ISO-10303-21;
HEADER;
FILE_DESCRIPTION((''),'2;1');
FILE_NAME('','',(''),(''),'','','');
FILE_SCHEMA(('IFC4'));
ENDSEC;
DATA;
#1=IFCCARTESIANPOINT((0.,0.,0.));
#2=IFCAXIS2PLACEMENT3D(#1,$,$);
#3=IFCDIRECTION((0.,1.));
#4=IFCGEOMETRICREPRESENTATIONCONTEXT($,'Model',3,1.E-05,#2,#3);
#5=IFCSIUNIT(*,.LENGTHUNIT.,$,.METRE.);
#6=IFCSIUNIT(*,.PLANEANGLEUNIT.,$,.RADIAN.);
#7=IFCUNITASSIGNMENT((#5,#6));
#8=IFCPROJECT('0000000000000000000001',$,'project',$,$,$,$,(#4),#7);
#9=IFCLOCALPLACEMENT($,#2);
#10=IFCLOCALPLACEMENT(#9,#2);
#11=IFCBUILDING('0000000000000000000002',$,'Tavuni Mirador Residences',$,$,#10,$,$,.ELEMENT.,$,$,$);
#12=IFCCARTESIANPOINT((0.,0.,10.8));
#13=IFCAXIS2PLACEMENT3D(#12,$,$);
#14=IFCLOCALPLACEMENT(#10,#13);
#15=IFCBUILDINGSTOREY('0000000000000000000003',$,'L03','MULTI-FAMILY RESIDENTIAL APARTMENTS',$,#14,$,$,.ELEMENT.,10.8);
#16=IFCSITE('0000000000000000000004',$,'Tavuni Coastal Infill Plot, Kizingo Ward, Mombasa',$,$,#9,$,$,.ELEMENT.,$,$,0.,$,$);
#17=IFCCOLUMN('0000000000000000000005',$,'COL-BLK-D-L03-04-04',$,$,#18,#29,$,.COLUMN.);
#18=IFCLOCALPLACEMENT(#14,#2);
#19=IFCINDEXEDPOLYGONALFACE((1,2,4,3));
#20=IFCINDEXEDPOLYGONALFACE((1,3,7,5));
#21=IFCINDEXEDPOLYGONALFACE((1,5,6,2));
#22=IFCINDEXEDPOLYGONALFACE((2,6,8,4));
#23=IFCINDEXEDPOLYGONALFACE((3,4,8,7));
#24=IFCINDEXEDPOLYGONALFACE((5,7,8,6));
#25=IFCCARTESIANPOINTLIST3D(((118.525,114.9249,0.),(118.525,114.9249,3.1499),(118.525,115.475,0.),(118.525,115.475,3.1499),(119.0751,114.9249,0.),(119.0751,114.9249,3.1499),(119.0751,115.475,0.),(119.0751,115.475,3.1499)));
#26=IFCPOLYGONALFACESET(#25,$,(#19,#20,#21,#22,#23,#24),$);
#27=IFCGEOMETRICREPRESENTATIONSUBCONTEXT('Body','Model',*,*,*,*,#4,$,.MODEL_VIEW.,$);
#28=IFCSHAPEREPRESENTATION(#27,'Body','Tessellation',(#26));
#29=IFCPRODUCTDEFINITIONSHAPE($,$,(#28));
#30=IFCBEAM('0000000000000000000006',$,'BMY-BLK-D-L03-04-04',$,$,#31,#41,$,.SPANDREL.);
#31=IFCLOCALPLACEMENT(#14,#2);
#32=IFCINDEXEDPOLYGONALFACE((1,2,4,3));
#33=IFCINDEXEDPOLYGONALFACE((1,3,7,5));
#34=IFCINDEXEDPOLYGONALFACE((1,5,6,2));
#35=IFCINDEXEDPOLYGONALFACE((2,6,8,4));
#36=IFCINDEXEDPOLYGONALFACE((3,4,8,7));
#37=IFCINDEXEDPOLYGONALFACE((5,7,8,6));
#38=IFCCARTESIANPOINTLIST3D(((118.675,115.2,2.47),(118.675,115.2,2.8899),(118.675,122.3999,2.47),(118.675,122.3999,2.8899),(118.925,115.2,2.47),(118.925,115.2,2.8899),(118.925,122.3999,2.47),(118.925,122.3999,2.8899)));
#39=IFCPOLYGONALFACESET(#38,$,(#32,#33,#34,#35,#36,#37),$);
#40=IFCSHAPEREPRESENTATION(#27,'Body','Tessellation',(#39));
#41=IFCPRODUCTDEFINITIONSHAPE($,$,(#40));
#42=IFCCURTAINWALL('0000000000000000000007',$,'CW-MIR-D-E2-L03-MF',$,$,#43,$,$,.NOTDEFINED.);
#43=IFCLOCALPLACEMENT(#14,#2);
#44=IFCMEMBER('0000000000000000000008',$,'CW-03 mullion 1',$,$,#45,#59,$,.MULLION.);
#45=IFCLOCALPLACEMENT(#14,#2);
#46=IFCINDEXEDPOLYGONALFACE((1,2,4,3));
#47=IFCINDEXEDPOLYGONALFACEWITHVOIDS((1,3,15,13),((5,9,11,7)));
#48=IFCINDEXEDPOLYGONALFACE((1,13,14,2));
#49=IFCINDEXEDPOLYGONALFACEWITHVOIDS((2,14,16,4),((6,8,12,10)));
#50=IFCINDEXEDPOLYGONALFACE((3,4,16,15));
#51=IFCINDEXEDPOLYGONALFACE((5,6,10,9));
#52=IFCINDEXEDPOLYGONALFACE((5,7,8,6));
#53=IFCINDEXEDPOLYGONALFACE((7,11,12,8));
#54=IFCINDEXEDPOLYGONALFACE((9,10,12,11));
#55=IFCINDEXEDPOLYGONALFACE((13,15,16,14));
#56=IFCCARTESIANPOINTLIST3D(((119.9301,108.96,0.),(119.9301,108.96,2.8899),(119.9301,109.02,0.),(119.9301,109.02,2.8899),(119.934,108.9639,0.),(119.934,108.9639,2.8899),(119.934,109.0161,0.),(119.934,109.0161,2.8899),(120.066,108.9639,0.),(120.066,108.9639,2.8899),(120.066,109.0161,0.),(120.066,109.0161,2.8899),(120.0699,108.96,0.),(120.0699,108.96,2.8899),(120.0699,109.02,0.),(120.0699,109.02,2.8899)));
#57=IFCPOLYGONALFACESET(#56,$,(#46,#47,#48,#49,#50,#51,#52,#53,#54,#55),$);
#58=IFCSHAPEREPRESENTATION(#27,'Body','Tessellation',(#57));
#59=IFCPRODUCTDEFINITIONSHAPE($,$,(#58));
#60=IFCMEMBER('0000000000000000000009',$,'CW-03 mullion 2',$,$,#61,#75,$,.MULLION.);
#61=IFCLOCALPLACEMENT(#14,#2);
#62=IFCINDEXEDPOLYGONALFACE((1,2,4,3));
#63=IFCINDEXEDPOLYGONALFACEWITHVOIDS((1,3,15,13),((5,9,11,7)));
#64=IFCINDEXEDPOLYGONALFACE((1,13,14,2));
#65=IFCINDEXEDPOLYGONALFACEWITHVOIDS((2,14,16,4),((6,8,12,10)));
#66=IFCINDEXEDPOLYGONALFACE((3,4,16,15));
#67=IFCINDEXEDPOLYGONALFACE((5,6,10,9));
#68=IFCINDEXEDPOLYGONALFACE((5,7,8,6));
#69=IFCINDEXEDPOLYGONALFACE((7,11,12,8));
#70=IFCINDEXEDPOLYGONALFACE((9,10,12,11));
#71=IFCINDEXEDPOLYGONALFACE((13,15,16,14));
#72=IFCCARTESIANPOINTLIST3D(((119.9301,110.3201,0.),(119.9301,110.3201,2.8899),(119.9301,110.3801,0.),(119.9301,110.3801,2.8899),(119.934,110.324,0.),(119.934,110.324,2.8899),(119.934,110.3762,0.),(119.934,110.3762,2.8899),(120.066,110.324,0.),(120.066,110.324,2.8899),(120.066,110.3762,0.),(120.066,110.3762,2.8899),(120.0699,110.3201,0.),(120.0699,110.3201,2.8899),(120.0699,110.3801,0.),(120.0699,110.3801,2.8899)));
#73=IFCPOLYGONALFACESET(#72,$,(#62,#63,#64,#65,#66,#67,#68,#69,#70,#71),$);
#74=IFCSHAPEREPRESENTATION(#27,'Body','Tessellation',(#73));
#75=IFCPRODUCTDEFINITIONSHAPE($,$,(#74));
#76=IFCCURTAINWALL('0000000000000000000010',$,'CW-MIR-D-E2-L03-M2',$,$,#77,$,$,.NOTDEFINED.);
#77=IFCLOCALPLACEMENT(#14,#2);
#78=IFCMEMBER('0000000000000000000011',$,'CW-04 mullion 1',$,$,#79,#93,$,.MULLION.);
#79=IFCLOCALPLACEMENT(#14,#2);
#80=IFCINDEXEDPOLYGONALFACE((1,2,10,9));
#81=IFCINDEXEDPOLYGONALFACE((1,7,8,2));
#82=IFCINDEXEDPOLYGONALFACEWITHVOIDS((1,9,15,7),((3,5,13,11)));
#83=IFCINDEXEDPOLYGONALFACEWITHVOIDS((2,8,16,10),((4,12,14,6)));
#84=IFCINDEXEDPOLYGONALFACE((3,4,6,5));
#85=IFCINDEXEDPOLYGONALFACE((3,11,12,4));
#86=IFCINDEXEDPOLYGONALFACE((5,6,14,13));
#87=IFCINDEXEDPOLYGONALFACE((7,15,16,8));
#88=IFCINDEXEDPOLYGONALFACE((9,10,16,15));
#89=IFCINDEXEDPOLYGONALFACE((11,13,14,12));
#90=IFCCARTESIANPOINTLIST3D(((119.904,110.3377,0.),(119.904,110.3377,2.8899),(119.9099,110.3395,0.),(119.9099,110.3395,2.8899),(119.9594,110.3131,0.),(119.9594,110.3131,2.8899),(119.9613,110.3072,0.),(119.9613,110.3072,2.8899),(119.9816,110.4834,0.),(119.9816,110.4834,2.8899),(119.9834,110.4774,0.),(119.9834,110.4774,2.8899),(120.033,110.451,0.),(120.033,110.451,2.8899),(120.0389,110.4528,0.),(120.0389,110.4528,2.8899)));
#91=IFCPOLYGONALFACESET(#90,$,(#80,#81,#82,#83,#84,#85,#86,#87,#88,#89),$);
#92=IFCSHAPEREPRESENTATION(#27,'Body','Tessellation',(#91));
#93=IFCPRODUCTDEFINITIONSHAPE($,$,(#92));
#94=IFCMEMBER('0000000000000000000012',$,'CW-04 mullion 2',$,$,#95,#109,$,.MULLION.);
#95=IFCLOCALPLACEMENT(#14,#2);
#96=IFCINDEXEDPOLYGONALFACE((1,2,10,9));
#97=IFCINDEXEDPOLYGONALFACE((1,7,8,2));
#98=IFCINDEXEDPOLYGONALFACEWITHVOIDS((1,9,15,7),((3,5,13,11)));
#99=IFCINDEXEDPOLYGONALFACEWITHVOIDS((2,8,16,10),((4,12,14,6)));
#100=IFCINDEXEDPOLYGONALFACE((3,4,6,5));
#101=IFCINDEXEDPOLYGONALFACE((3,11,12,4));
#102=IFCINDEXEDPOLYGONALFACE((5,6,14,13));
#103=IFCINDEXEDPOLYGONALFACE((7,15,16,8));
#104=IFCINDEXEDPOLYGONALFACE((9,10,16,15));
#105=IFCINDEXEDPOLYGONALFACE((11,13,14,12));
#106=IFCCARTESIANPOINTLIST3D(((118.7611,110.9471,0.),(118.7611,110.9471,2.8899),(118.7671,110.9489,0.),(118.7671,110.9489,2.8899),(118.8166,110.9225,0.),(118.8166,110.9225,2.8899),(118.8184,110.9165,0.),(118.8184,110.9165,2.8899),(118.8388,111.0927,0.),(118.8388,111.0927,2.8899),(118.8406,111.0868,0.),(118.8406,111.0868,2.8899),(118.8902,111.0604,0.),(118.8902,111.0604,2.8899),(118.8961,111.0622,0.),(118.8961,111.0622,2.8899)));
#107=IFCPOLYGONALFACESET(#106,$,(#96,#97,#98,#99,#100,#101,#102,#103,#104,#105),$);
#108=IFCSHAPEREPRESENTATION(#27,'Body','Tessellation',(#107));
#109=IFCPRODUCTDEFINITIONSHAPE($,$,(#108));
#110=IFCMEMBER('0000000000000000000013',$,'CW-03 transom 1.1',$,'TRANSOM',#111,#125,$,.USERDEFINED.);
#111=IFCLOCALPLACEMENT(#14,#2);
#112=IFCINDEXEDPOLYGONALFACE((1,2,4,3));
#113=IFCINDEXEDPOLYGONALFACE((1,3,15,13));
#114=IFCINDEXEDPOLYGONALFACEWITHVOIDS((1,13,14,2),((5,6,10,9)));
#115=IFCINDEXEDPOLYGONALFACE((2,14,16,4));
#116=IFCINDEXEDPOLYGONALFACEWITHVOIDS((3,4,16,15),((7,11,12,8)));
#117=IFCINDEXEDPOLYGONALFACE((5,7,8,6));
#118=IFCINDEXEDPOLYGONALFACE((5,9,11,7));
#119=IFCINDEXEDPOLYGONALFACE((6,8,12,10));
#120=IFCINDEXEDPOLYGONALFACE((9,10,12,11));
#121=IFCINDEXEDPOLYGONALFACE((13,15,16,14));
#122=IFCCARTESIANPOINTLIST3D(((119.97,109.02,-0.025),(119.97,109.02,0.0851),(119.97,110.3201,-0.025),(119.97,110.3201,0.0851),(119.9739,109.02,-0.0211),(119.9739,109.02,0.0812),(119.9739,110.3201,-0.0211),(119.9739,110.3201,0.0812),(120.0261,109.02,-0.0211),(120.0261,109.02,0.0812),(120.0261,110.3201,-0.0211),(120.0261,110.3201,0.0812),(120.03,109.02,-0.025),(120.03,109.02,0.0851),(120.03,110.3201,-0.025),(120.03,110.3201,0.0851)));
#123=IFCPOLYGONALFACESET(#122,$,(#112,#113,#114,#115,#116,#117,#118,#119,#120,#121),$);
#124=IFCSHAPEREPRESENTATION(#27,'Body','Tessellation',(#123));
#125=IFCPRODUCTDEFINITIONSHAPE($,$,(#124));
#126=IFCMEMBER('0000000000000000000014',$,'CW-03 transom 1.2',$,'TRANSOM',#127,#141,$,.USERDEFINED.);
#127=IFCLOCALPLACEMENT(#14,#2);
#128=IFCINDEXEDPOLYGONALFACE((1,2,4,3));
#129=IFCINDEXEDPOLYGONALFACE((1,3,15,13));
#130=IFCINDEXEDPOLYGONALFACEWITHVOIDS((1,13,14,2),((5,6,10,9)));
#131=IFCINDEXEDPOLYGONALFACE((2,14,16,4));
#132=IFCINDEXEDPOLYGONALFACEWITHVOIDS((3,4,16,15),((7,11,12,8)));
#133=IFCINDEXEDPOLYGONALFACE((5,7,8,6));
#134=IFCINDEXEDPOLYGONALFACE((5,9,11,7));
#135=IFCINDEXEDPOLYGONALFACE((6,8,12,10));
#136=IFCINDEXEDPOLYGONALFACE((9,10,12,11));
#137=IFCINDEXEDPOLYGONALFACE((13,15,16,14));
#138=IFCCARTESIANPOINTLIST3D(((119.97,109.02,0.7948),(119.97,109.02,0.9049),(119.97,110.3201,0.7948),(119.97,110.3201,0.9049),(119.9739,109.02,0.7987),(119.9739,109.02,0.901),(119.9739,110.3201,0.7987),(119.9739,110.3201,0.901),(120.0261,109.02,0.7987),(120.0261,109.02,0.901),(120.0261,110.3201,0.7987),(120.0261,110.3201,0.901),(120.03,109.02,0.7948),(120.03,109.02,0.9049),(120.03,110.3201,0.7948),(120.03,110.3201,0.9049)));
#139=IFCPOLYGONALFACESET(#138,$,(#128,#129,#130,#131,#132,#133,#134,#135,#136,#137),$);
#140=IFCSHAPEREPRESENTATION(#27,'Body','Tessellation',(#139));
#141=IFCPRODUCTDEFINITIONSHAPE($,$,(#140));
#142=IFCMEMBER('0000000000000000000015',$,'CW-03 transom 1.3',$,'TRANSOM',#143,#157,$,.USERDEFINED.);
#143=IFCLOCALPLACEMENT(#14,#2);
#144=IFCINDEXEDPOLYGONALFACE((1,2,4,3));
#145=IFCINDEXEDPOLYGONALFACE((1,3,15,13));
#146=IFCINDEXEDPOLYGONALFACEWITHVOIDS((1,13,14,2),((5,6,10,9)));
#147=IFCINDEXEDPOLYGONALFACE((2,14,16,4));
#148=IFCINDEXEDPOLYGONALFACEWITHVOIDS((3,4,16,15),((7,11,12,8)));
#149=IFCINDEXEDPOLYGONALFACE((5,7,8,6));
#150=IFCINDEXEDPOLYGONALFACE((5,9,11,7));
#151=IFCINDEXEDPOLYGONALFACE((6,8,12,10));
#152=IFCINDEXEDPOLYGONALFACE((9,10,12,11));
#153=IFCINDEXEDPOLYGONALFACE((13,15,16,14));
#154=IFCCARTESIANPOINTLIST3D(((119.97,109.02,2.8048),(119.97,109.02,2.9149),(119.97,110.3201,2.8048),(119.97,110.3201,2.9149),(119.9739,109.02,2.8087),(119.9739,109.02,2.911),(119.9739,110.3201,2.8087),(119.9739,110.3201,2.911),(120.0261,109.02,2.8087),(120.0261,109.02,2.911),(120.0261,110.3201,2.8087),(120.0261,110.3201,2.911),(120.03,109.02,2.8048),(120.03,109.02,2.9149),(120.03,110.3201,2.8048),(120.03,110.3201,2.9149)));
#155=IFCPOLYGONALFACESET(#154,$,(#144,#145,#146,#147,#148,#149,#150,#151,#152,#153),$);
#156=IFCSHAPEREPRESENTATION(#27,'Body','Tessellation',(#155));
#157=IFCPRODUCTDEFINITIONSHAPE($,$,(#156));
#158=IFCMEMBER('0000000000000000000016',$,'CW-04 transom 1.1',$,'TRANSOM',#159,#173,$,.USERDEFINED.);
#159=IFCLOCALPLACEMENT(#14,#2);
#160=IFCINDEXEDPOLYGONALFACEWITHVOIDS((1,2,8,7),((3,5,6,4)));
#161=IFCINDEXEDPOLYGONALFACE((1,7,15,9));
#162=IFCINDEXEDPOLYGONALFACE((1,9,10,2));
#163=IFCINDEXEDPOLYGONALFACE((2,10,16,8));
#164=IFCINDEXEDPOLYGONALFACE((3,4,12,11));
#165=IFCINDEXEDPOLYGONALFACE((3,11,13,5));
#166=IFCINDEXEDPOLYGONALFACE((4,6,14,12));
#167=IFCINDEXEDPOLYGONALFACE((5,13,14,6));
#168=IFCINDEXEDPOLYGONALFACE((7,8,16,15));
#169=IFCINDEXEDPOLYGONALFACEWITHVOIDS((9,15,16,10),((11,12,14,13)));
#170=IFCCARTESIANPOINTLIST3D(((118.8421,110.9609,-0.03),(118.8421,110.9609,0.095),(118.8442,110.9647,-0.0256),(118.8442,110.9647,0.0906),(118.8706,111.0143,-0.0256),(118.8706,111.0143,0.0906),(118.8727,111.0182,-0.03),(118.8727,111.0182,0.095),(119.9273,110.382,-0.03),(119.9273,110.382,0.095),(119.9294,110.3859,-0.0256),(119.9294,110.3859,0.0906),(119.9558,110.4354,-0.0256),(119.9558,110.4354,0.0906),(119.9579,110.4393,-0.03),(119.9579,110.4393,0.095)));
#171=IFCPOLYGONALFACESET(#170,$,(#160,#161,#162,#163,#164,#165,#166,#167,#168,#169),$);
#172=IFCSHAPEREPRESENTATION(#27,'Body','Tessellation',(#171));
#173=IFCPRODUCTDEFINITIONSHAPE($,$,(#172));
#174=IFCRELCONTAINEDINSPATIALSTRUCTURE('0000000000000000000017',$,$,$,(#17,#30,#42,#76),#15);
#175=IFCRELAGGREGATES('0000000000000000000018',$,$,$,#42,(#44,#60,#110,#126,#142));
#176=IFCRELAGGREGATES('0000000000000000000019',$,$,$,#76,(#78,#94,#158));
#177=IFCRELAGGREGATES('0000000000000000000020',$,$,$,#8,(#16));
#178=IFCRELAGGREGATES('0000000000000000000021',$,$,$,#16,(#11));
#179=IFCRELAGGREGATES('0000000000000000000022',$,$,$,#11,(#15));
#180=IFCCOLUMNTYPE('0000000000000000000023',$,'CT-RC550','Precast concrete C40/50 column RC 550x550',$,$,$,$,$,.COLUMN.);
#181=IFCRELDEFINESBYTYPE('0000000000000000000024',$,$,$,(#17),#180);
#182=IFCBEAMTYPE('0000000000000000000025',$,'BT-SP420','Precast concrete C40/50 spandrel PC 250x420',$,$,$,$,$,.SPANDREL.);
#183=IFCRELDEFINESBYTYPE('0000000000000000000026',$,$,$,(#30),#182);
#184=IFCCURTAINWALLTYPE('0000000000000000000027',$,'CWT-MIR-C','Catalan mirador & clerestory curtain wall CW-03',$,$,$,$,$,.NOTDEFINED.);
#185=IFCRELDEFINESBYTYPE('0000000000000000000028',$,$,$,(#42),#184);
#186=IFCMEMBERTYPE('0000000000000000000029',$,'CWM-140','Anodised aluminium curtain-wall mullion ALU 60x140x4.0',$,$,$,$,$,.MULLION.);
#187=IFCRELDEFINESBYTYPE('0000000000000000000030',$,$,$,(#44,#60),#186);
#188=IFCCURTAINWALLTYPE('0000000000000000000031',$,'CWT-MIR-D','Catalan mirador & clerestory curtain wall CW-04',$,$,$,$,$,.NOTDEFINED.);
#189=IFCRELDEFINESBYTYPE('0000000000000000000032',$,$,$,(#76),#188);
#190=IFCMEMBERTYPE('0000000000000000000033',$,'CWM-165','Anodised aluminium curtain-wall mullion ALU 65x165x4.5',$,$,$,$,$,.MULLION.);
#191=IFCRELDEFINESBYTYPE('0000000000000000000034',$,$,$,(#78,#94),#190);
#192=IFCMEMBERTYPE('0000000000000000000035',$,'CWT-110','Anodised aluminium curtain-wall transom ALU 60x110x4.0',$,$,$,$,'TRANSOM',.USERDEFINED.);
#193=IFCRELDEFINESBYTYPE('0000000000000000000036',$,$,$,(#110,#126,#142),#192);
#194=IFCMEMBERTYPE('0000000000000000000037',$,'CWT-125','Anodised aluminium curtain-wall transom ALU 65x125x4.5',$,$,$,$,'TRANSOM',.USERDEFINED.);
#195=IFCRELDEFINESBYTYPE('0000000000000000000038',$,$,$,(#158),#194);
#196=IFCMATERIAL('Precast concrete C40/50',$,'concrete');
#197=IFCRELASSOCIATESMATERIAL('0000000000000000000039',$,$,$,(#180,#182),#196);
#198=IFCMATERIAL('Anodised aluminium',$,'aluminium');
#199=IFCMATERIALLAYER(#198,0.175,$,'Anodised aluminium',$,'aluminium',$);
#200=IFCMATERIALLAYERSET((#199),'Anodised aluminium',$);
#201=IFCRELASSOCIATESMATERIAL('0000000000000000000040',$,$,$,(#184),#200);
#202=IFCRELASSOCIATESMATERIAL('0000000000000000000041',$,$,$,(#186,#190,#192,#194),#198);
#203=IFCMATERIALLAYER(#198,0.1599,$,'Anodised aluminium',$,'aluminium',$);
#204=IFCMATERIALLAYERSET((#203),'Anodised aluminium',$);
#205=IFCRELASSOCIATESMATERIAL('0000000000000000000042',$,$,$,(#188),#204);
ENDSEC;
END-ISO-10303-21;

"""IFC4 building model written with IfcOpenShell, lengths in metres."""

from ifc_helpers import new_model, si_unit, direction, frame, origin, origin_2d, place, context, subcontext, project, spatial, rectangle, hollow_rectangle, extrude, material, layer, layer_set, material_profile, profile_set, type_object, element, aggregate, save


model = new_model("IFC4")

# Units and contexts
model_context = context("Model", 3, precision=1e-05, world=origin(), true_north=direction((0.0, 1.0)))
body_context = subcontext(model_context, "Body", "Model", "MODEL_VIEW")
ifc_project = project(units=[si_unit("LENGTHUNIT", "METRE"), si_unit("PLANEANGLEUNIT", "RADIAN")], contexts=[model_context])

# Site, building, storey
site_placement = place(None, origin())
site = spatial("IfcSite", under=ifc_project, at=site_placement, Name="Tavuni Coastal Infill Plot, Kizingo Ward, Mombasa", CompositionType="ELEMENT", RefElevation=0.0)
building_placement = place(site_placement, origin())
building = spatial("IfcBuilding", under=site, at=building_placement, Name="Tavuni Mirador Residences", CompositionType="ELEMENT")
storey_placement = place(building_placement, frame((0.0, 0.0, 10.8)))
storey = spatial("IfcBuildingStorey", under=building, at=storey_placement, Name="L03", Description="MULTI-FAMILY RESIDENTIAL APARTMENTS", CompositionType="ELEMENT", Elevation=10.8)

# Column
ifc_material_1 = material(Name="Precast concrete C40/50", Category="concrete")
ifc_material_profile_1 = material_profile(ifc_material_1, rectangle(XDim=0.55, YDim=0.55, at=origin_2d()), Name="RC 550x550", Category="concrete")
ifc_profile_set_1 = profile_set([ifc_material_profile_1], Name="Precast concrete C40/50")
column_type = type_object("IfcColumnType", Name="CT-RC550", Description="Precast concrete C40/50 column RC 550x550", PredefinedType="COLUMN", material=ifc_profile_set_1)
column_placement = place(storey_placement, frame((118.8, 115.2, 0.0), z_axis=(0.0, 0.0, 1.0), x_axis=(1.0, 0.0, 0.0)))
element("IfcColumn", 1, at=column_placement, inside=storey, type_object=column_type, Name="COL-BLK-D-L03-04-04", PredefinedType="COLUMN", context=body_context, shape_type="SweptSolid", body=[
    extrude(rectangle(XDim=0.55, YDim=0.55, at=origin_2d()), origin(), (0.0, 0.0, 1.0), 3.1499),
])

# Beam
ifc_material_profile_2 = material_profile(ifc_material_1, rectangle(XDim=0.25, YDim=0.4199, at=origin_2d()), Name="PC 250x420", Category="concrete")
ifc_profile_set_2 = profile_set([ifc_material_profile_2], Name="Precast concrete C40/50")
beam_type = type_object("IfcBeamType", Name="BT-SP420", Description="Precast concrete C40/50 spandrel PC 250x420", PredefinedType="SPANDREL", material=ifc_profile_set_2)
beam_placement = place(storey_placement, frame((118.8, 115.2, 2.6799), z_axis=(0.0, 1.0, 0.0), x_axis=(-1.0, 0.0, 0.0)))
element("IfcBeam", 2, at=beam_placement, inside=storey, type_object=beam_type, Name="BMY-BLK-D-L03-04-04", PredefinedType="SPANDREL", context=body_context, shape_type="SweptSolid", body=[
    extrude(rectangle(XDim=0.25, YDim=0.4199, at=origin_2d()), origin(), (0.0, 0.0, 1.0), 7.2),
])

# Curtain walls, members
ifc_material_2 = material(Name="Anodised aluminium", Category="aluminium")
ifc_layer_1 = layer(ifc_material_2, 0.175, Name="Anodised aluminium", Category="aluminium")
ifc_layer_set_1 = layer_set([ifc_layer_1], Name="Anodised aluminium")
curtain_wall_type_1 = type_object("IfcCurtainWallType", Name="CWT-MIR-C", Description="Catalan mirador & clerestory curtain wall CW-03", PredefinedType="NOTDEFINED", material=ifc_layer_set_1)
curtain_wall_1_placement = place(storey_placement, origin())
curtain_wall_1 = element("IfcCurtainWall", 3, at=curtain_wall_1_placement, inside=storey, type_object=curtain_wall_type_1, Name="CW-MIR-D-E2-L03-MF", PredefinedType="NOTDEFINED")
ifc_material_profile_3 = material_profile(ifc_material_2, hollow_rectangle(XDim=0.0601, YDim=0.1399, WallThickness=0.0039, at=origin_2d()), Name="ALU 60x140x4.0", Category="aluminium")
ifc_profile_set_3 = profile_set([ifc_material_profile_3], Name="Anodised aluminium")
member_type_1 = type_object("IfcMemberType", Name="CWM-140", Description="Anodised aluminium curtain-wall mullion ALU 60x140x4.0", PredefinedType="MULLION", material=ifc_profile_set_3)
member_1_placement = place(storey_placement, frame((120.0, 108.99, 0.0), z_axis=(0.0, 0.0, 1.0), x_axis=(0.0, 1.0, 0.0)))
member_1 = element("IfcMember", 4, at=member_1_placement, type_object=member_type_1, Name="CW-03 mullion 1", PredefinedType="MULLION", context=body_context, shape_type="SweptSolid", body=[
    extrude(hollow_rectangle(XDim=0.0601, YDim=0.1399, WallThickness=0.0039, at=origin_2d()), origin(), (0.0, 0.0, 1.0), 2.8899),
])
member_2_placement = place(storey_placement, frame((120.0, 110.3501, 0.0), z_axis=(0.0, 0.0, 1.0), x_axis=(0.0, 1.0, 0.0)))
member_2 = element("IfcMember", 5, at=member_2_placement, type_object=member_type_1, Name="CW-03 mullion 2", PredefinedType="MULLION", context=body_context, shape_type="SweptSolid", body=[
    extrude(hollow_rectangle(XDim=0.0601, YDim=0.1399, WallThickness=0.0039, at=origin_2d()), origin(), (0.0, 0.0, 1.0), 2.8899),
])
ifc_layer_2 = layer(ifc_material_2, 0.1599, Name="Anodised aluminium", Category="aluminium")
ifc_layer_set_2 = layer_set([ifc_layer_2], Name="Anodised aluminium")
curtain_wall_type_2 = type_object("IfcCurtainWallType", Name="CWT-MIR-D", Description="Catalan mirador & clerestory curtain wall CW-04", PredefinedType="NOTDEFINED", material=ifc_layer_set_2)
curtain_wall_2_placement = place(storey_placement, origin())
curtain_wall_2 = element("IfcCurtainWall", 6, at=curtain_wall_2_placement, inside=storey, type_object=curtain_wall_type_2, Name="CW-MIR-D-E2-L03-M2", PredefinedType="NOTDEFINED")
ifc_material_profile_4 = material_profile(ifc_material_2, hollow_rectangle(XDim=0.0649, YDim=0.165, WallThickness=0.0044, at=origin_2d()), Name="ALU 65x165x4.5", Category="aluminium")
ifc_profile_set_4 = profile_set([ifc_material_profile_4], Name="Anodised aluminium")
member_type_2 = type_object("IfcMemberType", Name="CWM-165", Description="Anodised aluminium curtain-wall mullion ALU 65x165x4.5", PredefinedType="MULLION", material=ifc_profile_set_4)
member_3_placement = place(storey_placement, frame((119.9714, 110.3953, 0.0), z_axis=(0.0, 0.0, 1.0), x_axis=(-0.882353, 0.470588, 0.0)))
member_3 = element("IfcMember", 7, at=member_3_placement, type_object=member_type_2, Name="CW-04 mullion 1", PredefinedType="MULLION", context=body_context, shape_type="SweptSolid", body=[
    extrude(hollow_rectangle(XDim=0.0649, YDim=0.165, WallThickness=0.0044, at=origin_2d()), origin(), (0.0, 0.0, 1.0), 2.8899),
])
member_4_placement = place(storey_placement, frame((118.8286, 111.0046, 0.0), z_axis=(0.0, 0.0, 1.0), x_axis=(-0.882353, 0.470588, 0.0)))
member_4 = element("IfcMember", 8, at=member_4_placement, type_object=member_type_2, Name="CW-04 mullion 2", PredefinedType="MULLION", context=body_context, shape_type="SweptSolid", body=[
    extrude(hollow_rectangle(XDim=0.0649, YDim=0.165, WallThickness=0.0044, at=origin_2d()), origin(), (0.0, 0.0, 1.0), 2.8899),
])

# Members
ifc_material_profile_5 = material_profile(ifc_material_2, hollow_rectangle(XDim=0.0601, YDim=0.1101, WallThickness=0.0039, at=origin_2d()), Name="ALU 60x110x4.0", Category="aluminium")
ifc_profile_set_5 = profile_set([ifc_material_profile_5], Name="Anodised aluminium")
member_type_3 = type_object("IfcMemberType", Name="CWT-110", Description="Anodised aluminium curtain-wall transom ALU 60x110x4.0", ElementType="TRANSOM", PredefinedType="USERDEFINED", material=ifc_profile_set_5)
member_5_placement = place(storey_placement, frame((120.0, 109.02, 0.03), z_axis=(0.0, 1.0, 0.0), x_axis=(-1.0, 0.0, 0.0)))
member_5 = element("IfcMember", 9, at=member_5_placement, type_object=member_type_3, Name="CW-03 transom 1.1", ObjectType="TRANSOM", PredefinedType="USERDEFINED", context=body_context, shape_type="SweptSolid", body=[
    extrude(hollow_rectangle(XDim=0.0601, YDim=0.1101, WallThickness=0.0039, at=origin_2d()), origin(), (0.0, 0.0, 1.0), 1.3),
])
member_6_placement = place(storey_placement, frame((120.0, 109.02, 0.8499), z_axis=(0.0, 1.0, 0.0), x_axis=(-1.0, 0.0, 0.0)))
member_6 = element("IfcMember", 10, at=member_6_placement, type_object=member_type_3, Name="CW-03 transom 1.2", ObjectType="TRANSOM", PredefinedType="USERDEFINED", context=body_context, shape_type="SweptSolid", body=[
    extrude(hollow_rectangle(XDim=0.0601, YDim=0.1101, WallThickness=0.0039, at=origin_2d()), origin(), (0.0, 0.0, 1.0), 1.3),
])
member_7_placement = place(storey_placement, frame((120.0, 109.02, 2.8599), z_axis=(0.0, 1.0, 0.0), x_axis=(-1.0, 0.0, 0.0)))
member_7 = element("IfcMember", 11, at=member_7_placement, type_object=member_type_3, Name="CW-03 transom 1.3", ObjectType="TRANSOM", PredefinedType="USERDEFINED", context=body_context, shape_type="SweptSolid", body=[
    extrude(hollow_rectangle(XDim=0.0601, YDim=0.1101, WallThickness=0.0039, at=origin_2d()), origin(), (0.0, 0.0, 1.0), 1.3),
])
ifc_material_profile_6 = material_profile(ifc_material_2, hollow_rectangle(XDim=0.0649, YDim=0.125, WallThickness=0.0044, at=origin_2d()), Name="ALU 65x125x4.5", Category="aluminium")
ifc_profile_set_6 = profile_set([ifc_material_profile_6], Name="Anodised aluminium")
member_type_4 = type_object("IfcMemberType", Name="CWT-125", Description="Anodised aluminium curtain-wall transom ALU 65x125x4.5", ElementType="TRANSOM", PredefinedType="USERDEFINED", material=ifc_profile_set_6)
member_8_placement = place(storey_placement, frame((119.9426, 110.4106, 0.0325), z_axis=(-0.882325, 0.47064, 0.0), x_axis=(-0.47064, -0.882325, 0.0)))
member_8 = element("IfcMember", 12, at=member_8_placement, type_object=member_type_4, Name="CW-04 transom 1.1", ObjectType="TRANSOM", PredefinedType="USERDEFINED", context=body_context, shape_type="SweptSolid", body=[
    extrude(hollow_rectangle(XDim=0.0649, YDim=0.125, WallThickness=0.0044, at=origin_2d()), origin(), (0.0, 0.0, 1.0), 1.23),
])

aggregate(curtain_wall_1, [member_1, member_2, member_5, member_6, member_7])
aggregate(curtain_wall_2, [member_3, member_4, member_8])

save(model, "model.ifc")
